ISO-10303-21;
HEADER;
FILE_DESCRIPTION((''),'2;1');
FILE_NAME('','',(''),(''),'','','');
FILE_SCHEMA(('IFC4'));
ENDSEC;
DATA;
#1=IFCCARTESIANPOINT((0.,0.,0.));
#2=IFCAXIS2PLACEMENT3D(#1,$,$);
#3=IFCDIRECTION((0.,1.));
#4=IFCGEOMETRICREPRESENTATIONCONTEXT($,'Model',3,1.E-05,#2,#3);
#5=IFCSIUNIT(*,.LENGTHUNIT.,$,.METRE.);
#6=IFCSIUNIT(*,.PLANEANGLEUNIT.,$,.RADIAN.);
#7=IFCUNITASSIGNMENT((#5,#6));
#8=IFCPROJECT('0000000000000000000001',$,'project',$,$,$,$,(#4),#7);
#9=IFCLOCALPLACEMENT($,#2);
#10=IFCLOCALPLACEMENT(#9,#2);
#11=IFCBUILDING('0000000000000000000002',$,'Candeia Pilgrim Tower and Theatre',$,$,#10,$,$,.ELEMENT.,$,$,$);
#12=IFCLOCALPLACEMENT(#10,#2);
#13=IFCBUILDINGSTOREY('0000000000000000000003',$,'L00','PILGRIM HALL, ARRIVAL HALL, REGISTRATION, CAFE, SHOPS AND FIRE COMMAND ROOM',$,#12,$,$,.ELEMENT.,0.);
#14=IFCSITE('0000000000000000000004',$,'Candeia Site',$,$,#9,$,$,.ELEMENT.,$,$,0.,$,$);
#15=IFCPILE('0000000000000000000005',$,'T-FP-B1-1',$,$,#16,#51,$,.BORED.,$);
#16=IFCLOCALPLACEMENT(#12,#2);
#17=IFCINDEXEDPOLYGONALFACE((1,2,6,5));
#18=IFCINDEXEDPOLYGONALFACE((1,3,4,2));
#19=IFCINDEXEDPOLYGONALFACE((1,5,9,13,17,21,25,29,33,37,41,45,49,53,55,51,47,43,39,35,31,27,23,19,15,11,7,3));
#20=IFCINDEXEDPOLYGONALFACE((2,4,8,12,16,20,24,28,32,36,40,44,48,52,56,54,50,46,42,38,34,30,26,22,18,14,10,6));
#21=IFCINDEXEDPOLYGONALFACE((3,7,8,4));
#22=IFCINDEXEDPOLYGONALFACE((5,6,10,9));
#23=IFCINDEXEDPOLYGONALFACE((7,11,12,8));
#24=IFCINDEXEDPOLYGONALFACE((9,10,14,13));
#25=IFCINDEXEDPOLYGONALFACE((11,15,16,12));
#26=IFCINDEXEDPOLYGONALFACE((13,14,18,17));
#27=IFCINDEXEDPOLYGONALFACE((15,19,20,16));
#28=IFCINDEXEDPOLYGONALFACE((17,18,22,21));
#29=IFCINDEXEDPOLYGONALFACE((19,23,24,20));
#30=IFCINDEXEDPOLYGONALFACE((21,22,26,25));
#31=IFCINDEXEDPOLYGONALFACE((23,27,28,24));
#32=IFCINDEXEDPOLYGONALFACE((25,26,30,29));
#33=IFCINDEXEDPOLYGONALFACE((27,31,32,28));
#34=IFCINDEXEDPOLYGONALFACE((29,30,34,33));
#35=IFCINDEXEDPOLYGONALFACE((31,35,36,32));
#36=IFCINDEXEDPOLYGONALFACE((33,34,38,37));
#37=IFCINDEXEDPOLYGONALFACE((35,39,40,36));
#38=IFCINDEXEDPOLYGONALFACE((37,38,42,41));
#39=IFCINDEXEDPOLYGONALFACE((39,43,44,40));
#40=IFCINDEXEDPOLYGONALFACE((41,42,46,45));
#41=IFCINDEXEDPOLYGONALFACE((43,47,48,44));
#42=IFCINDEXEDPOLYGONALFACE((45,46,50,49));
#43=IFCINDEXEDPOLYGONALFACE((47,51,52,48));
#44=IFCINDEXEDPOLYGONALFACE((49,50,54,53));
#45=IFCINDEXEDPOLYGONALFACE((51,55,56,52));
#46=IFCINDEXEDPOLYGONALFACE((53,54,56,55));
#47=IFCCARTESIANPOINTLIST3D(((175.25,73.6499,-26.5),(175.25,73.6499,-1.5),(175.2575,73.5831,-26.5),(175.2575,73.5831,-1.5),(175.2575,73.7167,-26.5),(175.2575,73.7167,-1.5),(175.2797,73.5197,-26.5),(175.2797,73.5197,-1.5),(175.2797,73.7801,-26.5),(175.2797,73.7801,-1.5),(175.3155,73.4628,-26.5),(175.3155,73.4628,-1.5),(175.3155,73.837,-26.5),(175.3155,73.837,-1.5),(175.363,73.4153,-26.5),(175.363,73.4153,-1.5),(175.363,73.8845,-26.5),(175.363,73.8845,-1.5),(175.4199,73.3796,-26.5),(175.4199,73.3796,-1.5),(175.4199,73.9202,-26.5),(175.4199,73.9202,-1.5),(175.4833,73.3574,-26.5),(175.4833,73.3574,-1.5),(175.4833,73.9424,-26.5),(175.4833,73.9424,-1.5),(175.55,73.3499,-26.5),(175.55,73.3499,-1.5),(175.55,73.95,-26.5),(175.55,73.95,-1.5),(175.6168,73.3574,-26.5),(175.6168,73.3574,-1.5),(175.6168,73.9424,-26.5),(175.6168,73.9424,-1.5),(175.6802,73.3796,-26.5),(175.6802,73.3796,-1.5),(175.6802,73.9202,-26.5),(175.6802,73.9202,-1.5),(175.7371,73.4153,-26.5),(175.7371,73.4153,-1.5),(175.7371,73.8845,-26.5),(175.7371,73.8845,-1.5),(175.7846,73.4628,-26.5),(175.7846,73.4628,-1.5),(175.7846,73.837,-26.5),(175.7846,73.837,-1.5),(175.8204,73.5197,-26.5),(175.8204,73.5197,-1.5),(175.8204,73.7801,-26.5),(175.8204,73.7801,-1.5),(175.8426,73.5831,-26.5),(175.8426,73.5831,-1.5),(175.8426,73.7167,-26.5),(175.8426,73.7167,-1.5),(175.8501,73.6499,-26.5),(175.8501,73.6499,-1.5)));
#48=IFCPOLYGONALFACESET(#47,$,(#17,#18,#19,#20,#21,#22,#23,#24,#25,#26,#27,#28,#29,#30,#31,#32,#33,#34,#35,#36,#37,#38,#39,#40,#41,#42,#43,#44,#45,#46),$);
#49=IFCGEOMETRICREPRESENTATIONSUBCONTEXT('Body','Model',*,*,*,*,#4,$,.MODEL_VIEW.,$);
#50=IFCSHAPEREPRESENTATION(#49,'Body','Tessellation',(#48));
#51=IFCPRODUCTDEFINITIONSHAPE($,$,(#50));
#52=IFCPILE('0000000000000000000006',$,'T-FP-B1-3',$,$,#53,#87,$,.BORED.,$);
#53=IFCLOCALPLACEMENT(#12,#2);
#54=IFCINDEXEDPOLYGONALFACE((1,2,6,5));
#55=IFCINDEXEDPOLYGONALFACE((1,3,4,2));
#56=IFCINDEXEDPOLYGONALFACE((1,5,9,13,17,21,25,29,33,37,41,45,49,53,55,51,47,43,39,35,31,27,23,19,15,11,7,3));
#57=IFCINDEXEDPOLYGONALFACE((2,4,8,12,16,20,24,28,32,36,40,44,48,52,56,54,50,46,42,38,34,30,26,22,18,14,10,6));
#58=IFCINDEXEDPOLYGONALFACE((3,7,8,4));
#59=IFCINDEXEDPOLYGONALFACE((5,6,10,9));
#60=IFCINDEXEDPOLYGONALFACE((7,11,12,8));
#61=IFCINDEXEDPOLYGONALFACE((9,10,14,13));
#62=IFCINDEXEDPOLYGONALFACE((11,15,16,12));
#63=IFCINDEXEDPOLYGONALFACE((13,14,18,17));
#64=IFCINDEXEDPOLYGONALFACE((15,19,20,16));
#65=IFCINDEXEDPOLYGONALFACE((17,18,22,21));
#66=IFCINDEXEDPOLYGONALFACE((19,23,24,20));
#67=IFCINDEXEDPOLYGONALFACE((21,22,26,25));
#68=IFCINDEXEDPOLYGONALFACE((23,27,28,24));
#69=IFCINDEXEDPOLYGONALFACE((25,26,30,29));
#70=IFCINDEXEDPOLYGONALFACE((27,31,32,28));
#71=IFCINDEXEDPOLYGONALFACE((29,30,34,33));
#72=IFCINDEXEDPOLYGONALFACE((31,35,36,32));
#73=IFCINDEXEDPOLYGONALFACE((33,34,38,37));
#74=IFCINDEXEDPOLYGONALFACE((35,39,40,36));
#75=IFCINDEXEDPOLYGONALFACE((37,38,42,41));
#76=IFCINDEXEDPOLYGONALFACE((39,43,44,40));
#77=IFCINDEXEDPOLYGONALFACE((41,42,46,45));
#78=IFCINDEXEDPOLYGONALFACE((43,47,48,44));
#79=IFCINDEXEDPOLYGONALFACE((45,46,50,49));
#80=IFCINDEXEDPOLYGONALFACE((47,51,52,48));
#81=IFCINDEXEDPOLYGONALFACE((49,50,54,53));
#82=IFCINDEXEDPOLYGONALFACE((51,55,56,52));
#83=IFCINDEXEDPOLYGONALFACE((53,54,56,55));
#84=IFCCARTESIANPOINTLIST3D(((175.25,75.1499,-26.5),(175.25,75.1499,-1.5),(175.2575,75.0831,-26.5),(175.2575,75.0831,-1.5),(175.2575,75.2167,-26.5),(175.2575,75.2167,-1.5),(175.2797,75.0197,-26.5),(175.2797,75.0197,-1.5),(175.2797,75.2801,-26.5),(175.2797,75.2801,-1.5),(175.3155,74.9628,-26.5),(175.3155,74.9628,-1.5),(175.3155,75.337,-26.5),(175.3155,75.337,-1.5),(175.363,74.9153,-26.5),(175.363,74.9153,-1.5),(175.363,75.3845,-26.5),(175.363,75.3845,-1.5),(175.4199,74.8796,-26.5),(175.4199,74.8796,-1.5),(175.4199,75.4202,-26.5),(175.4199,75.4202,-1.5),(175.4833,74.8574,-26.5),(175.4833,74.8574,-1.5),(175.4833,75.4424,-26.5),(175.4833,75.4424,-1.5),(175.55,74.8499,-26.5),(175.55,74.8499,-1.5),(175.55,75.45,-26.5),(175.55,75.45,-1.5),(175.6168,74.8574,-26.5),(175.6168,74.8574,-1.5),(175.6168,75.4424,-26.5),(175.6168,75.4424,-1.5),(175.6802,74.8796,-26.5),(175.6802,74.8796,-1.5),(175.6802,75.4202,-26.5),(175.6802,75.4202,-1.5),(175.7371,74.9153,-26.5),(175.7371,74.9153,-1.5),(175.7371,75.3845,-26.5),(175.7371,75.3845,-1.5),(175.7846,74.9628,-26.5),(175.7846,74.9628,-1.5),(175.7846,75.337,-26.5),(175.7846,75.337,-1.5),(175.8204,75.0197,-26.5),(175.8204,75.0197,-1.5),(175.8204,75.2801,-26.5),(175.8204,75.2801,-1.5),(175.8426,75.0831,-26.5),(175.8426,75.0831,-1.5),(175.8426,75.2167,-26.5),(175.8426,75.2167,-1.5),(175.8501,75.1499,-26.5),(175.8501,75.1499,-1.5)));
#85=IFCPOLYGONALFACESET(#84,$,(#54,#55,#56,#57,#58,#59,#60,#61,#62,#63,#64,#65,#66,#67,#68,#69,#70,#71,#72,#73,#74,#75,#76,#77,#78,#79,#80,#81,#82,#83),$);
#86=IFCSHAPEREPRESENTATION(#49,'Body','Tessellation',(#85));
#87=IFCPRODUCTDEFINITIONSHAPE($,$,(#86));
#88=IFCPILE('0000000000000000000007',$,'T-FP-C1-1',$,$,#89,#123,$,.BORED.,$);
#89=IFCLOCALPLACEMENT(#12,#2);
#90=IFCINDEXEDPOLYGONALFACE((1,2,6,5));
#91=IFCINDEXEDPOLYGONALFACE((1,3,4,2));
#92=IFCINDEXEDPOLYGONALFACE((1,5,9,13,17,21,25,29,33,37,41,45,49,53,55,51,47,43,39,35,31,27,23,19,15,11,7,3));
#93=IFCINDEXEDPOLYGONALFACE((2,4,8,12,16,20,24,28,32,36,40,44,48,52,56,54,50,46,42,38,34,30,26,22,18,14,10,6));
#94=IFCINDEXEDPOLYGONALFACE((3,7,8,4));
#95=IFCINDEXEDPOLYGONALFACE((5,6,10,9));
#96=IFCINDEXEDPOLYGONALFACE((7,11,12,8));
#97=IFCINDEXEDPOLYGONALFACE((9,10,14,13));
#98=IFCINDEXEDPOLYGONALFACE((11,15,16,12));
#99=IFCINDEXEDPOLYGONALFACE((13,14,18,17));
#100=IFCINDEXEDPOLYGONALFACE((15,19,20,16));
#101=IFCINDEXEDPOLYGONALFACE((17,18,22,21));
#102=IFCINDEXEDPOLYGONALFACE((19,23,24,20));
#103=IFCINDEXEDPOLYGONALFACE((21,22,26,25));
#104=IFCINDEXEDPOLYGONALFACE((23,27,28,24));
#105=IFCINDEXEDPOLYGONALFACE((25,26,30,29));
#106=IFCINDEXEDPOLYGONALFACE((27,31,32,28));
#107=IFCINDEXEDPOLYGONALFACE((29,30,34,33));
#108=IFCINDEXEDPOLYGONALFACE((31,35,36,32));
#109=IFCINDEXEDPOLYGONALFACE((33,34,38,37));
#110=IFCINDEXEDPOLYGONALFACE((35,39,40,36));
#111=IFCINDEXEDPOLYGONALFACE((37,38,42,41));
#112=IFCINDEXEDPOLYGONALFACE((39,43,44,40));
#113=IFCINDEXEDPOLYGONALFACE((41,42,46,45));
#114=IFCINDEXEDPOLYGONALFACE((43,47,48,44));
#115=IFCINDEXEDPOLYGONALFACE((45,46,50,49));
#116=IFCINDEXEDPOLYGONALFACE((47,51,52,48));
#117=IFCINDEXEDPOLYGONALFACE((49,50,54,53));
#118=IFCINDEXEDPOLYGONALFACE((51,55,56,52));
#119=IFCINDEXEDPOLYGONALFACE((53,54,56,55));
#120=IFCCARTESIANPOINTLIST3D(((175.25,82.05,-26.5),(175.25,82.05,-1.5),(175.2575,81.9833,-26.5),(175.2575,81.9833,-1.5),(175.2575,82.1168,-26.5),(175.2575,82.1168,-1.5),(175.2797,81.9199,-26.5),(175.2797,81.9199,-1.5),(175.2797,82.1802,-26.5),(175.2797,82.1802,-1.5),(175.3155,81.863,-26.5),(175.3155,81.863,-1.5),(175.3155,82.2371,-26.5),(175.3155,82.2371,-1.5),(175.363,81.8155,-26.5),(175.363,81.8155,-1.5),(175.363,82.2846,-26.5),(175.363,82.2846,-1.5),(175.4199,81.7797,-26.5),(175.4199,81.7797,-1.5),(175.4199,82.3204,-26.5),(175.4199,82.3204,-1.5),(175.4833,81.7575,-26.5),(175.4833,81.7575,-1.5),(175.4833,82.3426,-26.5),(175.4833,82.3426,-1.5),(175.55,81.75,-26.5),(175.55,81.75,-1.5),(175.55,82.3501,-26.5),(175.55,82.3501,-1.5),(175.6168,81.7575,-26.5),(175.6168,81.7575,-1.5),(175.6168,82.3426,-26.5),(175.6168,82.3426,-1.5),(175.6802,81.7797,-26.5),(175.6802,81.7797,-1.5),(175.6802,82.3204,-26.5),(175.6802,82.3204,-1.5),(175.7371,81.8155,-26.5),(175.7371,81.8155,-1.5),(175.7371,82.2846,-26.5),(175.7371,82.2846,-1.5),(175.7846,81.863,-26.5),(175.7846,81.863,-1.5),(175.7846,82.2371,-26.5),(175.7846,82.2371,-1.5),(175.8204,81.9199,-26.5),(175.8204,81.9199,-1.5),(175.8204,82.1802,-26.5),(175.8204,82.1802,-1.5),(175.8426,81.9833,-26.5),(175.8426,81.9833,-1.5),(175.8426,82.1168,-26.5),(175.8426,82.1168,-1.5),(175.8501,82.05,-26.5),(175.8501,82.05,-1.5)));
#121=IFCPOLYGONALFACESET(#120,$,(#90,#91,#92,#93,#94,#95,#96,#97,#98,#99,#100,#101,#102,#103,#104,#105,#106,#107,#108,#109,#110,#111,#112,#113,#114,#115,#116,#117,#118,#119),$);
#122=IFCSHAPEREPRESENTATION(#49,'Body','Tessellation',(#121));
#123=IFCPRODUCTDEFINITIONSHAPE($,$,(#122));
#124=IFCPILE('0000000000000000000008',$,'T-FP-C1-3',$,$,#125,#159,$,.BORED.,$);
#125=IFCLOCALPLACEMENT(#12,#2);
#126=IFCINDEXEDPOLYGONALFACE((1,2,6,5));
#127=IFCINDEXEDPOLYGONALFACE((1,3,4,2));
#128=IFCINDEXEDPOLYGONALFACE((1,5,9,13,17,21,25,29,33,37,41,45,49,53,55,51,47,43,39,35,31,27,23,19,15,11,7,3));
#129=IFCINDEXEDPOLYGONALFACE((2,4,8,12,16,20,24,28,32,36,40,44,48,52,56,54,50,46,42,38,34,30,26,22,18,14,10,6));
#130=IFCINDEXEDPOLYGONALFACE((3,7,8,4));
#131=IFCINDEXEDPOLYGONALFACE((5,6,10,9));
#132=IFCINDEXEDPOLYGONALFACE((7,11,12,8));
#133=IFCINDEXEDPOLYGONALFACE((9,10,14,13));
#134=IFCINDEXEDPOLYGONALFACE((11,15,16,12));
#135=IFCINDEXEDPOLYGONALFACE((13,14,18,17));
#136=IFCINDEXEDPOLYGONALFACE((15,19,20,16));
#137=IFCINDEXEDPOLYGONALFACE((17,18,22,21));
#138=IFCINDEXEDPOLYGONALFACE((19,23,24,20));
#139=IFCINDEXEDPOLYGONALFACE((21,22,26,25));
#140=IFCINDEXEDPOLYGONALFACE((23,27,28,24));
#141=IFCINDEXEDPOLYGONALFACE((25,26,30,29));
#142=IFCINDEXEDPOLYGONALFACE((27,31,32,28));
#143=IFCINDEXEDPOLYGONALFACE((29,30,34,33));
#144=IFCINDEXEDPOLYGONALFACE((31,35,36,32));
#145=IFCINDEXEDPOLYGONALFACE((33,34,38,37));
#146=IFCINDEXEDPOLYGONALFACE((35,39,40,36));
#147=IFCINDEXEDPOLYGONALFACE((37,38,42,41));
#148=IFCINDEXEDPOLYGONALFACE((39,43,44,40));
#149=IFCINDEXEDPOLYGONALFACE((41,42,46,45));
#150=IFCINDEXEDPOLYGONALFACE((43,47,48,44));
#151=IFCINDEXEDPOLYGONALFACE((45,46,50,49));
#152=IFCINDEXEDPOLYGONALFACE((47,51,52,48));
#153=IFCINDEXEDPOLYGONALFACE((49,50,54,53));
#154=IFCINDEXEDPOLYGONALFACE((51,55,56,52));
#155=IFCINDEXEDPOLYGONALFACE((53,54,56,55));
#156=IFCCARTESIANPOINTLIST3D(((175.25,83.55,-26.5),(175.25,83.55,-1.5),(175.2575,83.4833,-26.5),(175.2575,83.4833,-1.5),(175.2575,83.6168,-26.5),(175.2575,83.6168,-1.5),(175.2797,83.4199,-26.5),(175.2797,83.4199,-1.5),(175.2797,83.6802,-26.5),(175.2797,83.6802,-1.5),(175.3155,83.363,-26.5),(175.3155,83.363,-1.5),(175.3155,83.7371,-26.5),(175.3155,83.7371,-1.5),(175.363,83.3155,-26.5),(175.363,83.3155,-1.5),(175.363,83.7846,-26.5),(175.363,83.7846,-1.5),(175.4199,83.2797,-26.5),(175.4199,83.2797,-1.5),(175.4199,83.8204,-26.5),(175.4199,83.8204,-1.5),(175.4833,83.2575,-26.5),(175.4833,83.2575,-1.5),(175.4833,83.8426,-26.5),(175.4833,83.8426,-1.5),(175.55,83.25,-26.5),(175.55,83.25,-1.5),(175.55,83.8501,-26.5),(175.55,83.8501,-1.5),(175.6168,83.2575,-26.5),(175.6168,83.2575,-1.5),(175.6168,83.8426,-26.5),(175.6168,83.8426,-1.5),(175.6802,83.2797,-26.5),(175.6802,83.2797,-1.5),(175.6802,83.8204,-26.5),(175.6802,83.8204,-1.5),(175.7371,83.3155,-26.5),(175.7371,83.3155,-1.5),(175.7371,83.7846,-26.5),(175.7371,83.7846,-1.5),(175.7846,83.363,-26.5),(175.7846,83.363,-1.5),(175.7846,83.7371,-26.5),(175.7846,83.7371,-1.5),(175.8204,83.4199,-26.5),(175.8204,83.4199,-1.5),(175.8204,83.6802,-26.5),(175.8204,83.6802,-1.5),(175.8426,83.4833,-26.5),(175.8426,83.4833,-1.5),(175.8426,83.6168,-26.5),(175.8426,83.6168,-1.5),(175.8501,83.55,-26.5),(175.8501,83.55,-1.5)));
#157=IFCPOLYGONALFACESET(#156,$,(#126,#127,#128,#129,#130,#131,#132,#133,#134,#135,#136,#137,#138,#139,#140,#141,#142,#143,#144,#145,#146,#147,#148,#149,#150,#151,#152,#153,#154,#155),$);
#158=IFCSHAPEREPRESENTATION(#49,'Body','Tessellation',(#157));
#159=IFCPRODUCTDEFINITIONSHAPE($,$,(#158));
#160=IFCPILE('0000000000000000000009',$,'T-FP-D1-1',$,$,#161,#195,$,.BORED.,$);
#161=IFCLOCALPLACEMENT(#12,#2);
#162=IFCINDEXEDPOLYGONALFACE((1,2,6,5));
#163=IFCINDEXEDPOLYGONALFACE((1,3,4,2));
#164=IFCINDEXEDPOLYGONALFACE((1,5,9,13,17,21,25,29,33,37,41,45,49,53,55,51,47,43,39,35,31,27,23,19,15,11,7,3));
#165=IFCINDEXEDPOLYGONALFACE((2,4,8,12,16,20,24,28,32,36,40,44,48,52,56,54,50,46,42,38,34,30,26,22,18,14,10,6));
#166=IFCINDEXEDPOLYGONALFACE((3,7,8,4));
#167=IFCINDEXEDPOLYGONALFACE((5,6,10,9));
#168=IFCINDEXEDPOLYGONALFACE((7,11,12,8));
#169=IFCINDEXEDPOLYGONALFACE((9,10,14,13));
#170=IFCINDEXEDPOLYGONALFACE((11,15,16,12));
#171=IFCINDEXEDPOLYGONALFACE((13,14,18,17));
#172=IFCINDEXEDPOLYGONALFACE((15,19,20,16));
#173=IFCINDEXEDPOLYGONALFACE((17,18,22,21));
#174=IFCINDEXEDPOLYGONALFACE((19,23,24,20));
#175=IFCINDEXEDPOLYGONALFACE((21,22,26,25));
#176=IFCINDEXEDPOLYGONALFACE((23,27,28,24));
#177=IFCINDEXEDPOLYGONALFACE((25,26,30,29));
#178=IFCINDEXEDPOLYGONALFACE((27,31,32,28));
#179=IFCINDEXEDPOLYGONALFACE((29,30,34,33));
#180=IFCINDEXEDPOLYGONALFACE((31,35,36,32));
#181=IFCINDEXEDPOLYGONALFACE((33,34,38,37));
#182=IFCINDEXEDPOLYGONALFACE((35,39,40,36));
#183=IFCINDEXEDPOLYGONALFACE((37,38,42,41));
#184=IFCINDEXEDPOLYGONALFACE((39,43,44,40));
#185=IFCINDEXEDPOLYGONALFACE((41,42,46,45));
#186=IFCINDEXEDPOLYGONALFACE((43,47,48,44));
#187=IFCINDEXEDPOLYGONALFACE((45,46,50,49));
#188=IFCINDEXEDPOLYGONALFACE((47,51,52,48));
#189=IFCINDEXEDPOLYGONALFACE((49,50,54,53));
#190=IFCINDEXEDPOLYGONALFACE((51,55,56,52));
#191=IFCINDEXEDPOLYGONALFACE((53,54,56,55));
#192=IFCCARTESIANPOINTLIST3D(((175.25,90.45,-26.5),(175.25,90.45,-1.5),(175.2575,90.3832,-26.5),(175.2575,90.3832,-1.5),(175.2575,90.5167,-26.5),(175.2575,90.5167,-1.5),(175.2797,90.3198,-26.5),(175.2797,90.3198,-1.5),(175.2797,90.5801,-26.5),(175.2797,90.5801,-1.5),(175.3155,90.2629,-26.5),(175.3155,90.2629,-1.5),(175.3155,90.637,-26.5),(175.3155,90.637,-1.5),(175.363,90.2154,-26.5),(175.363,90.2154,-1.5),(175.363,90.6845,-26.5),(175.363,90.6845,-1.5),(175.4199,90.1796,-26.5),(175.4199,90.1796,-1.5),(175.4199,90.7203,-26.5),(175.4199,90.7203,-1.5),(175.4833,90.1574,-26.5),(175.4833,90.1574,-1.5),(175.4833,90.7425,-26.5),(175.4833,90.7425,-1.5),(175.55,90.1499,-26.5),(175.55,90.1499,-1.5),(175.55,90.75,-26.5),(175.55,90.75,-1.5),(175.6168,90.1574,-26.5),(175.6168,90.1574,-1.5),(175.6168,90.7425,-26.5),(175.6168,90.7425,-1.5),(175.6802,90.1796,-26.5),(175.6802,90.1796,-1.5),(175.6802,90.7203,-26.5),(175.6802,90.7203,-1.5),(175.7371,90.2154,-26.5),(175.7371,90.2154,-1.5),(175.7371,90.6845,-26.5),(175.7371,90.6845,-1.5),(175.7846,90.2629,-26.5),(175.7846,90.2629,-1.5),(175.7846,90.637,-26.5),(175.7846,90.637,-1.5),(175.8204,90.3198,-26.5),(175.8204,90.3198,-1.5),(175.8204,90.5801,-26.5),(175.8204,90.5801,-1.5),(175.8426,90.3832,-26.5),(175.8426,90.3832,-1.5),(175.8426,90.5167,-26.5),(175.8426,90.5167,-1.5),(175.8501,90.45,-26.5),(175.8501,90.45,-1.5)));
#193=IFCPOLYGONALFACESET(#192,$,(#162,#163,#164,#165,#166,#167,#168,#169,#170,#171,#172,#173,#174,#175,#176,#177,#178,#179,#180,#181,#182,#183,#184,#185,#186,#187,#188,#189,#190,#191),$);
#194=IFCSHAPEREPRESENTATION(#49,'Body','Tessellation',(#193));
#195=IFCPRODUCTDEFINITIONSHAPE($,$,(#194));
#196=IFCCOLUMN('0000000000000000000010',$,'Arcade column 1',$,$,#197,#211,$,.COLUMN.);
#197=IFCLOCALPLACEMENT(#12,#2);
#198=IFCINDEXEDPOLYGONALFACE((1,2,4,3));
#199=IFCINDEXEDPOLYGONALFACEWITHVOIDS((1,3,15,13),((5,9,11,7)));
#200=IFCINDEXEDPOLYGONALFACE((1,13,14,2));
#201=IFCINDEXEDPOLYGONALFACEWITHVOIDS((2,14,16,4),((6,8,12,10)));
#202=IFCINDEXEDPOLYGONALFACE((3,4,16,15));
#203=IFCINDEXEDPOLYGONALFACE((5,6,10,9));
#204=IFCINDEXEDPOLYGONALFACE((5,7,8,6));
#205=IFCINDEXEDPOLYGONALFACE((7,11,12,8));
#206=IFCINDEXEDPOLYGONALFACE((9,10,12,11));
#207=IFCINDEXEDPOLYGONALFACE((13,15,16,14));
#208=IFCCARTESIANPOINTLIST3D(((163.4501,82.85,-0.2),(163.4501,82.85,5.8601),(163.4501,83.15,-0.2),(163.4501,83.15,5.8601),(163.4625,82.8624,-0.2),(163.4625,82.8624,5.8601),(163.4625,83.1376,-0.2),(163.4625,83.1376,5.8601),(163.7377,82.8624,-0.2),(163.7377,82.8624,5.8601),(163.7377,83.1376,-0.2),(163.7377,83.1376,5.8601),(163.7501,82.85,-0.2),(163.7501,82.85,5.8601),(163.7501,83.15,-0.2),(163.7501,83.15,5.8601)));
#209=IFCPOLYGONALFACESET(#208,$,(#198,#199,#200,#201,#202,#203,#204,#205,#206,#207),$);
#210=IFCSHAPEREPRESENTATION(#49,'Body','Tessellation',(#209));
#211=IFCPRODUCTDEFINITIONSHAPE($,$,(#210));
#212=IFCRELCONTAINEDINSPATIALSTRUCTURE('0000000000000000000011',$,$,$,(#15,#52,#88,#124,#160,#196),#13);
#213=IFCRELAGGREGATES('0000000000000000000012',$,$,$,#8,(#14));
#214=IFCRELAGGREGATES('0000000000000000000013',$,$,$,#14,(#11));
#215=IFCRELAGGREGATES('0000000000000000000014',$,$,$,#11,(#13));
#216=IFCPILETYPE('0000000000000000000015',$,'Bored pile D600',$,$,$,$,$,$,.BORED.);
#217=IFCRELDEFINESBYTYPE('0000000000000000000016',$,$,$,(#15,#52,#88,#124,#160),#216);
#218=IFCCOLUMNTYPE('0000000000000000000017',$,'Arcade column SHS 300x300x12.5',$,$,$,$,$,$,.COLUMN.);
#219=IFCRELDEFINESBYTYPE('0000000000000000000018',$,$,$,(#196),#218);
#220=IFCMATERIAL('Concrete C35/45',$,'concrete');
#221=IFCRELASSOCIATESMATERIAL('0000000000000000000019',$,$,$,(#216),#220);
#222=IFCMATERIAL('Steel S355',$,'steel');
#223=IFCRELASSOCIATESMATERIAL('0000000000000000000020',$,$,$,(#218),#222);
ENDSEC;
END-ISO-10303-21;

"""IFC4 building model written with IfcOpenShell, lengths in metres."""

from ifc_helpers import new_model, si_unit, direction, frame, origin, origin_2d, place, context, subcontext, project, spatial, hollow_rectangle, circle, extrude, material, material_profile, profile_set, type_object, element, save


model = new_model("IFC4")

# Units and contexts
model_context = context("Model", 3, precision=1e-05, world=origin(), true_north=direction((0.0, 1.0)))
body_context = subcontext(model_context, "Body", "Model", "MODEL_VIEW")
ifc_project = project(units=[si_unit("LENGTHUNIT", "METRE"), si_unit("PLANEANGLEUNIT", "RADIAN")], contexts=[model_context])

# Site, building, storey
site_placement = place(None, origin())
site = spatial("IfcSite", under=ifc_project, at=site_placement, Name="Candeia Site", CompositionType="ELEMENT", RefElevation=0.0)
building_placement = place(site_placement, origin())
building = spatial("IfcBuilding", under=site, at=building_placement, Name="Candeia Pilgrim Tower and Theatre", CompositionType="ELEMENT")
storey_placement = place(building_placement, origin())
storey = spatial("IfcBuildingStorey", under=building, at=storey_placement, Name="L00", Description="PILGRIM HALL, ARRIVAL HALL, REGISTRATION, CAFE, SHOPS AND FIRE COMMAND ROOM", CompositionType="ELEMENT", Elevation=0.0)

# Piles
ifc_material_1 = material(Name="Concrete C35/45", Category="concrete")
pile_type_1 = type_object("IfcPileType", Name="Bored pile D600", PredefinedType="BORED", material=ifc_material_1)
for number, where, z_axis, x_axis, name in (
    (1, (175.55, 73.6499, -1.5), (0.0, 0.0, -1.0), (1.0, 0.0, 0.0), "T-FP-B1-1"),
    (2, (175.55, 75.1499, -1.5), (0.0, 0.0, -1.0), (1.0, 0.0, 0.0), "T-FP-B1-3"),
    (3, (175.55, 82.05, -1.5), (0.0, 0.0, -1.0), (1.0, 0.0, 0.0), "T-FP-C1-1"),
    (4, (175.55, 83.55, -1.5), (0.0, 0.0, -1.0), (1.0, 0.0, 0.0), "T-FP-C1-3"),
    (5, (175.55, 90.45, -1.5), (0.0, 0.0, -1.0), (1.0, 0.0, 0.0), "T-FP-D1-1"),
):
    element("IfcPile", number, at=place(storey_placement, frame(where, z_axis=z_axis, x_axis=x_axis)), inside=storey, type_object=pile_type_1, Name=name, PredefinedType="BORED", context=body_context, shape_type="SweptSolid", body=[
        extrude(circle(Radius=0.3, at=origin_2d()), origin(), (0.0, 0.0, 1.0), 25.0),
    ])

# Column
ifc_material_2 = material(Name="Steel S355", Category="steel")
ifc_material_profile_1 = material_profile(ifc_material_2, hollow_rectangle(XDim=0.3, YDim=0.3, WallThickness=0.0125, at=origin_2d()))
ifc_profile_set_1 = profile_set([ifc_material_profile_1], Name="Steel S355")
column_type = type_object("IfcColumnType", Name="Arcade column SHS 300x300x12.5", PredefinedType="COLUMN", material=ifc_profile_set_1)
for number, where, z_axis, x_axis, name in (
    (6, (163.6001, 83.0, -0.2), (0.0, 0.0, 1.0), (1.0, 0.0, 0.0), "Arcade column 1"),
):
    element("IfcColumn", number, at=place(storey_placement, frame(where, z_axis=z_axis, x_axis=x_axis)), inside=storey, type_object=column_type, Name=name, PredefinedType="COLUMN", context=body_context, shape_type="SweptSolid", body=[
        extrude(hollow_rectangle(XDim=0.3, YDim=0.3, WallThickness=0.0125, at=origin_2d()), origin(), (0.0, 0.0, 1.0), 6.0601),
    ])

save(model, "model.ifc")
